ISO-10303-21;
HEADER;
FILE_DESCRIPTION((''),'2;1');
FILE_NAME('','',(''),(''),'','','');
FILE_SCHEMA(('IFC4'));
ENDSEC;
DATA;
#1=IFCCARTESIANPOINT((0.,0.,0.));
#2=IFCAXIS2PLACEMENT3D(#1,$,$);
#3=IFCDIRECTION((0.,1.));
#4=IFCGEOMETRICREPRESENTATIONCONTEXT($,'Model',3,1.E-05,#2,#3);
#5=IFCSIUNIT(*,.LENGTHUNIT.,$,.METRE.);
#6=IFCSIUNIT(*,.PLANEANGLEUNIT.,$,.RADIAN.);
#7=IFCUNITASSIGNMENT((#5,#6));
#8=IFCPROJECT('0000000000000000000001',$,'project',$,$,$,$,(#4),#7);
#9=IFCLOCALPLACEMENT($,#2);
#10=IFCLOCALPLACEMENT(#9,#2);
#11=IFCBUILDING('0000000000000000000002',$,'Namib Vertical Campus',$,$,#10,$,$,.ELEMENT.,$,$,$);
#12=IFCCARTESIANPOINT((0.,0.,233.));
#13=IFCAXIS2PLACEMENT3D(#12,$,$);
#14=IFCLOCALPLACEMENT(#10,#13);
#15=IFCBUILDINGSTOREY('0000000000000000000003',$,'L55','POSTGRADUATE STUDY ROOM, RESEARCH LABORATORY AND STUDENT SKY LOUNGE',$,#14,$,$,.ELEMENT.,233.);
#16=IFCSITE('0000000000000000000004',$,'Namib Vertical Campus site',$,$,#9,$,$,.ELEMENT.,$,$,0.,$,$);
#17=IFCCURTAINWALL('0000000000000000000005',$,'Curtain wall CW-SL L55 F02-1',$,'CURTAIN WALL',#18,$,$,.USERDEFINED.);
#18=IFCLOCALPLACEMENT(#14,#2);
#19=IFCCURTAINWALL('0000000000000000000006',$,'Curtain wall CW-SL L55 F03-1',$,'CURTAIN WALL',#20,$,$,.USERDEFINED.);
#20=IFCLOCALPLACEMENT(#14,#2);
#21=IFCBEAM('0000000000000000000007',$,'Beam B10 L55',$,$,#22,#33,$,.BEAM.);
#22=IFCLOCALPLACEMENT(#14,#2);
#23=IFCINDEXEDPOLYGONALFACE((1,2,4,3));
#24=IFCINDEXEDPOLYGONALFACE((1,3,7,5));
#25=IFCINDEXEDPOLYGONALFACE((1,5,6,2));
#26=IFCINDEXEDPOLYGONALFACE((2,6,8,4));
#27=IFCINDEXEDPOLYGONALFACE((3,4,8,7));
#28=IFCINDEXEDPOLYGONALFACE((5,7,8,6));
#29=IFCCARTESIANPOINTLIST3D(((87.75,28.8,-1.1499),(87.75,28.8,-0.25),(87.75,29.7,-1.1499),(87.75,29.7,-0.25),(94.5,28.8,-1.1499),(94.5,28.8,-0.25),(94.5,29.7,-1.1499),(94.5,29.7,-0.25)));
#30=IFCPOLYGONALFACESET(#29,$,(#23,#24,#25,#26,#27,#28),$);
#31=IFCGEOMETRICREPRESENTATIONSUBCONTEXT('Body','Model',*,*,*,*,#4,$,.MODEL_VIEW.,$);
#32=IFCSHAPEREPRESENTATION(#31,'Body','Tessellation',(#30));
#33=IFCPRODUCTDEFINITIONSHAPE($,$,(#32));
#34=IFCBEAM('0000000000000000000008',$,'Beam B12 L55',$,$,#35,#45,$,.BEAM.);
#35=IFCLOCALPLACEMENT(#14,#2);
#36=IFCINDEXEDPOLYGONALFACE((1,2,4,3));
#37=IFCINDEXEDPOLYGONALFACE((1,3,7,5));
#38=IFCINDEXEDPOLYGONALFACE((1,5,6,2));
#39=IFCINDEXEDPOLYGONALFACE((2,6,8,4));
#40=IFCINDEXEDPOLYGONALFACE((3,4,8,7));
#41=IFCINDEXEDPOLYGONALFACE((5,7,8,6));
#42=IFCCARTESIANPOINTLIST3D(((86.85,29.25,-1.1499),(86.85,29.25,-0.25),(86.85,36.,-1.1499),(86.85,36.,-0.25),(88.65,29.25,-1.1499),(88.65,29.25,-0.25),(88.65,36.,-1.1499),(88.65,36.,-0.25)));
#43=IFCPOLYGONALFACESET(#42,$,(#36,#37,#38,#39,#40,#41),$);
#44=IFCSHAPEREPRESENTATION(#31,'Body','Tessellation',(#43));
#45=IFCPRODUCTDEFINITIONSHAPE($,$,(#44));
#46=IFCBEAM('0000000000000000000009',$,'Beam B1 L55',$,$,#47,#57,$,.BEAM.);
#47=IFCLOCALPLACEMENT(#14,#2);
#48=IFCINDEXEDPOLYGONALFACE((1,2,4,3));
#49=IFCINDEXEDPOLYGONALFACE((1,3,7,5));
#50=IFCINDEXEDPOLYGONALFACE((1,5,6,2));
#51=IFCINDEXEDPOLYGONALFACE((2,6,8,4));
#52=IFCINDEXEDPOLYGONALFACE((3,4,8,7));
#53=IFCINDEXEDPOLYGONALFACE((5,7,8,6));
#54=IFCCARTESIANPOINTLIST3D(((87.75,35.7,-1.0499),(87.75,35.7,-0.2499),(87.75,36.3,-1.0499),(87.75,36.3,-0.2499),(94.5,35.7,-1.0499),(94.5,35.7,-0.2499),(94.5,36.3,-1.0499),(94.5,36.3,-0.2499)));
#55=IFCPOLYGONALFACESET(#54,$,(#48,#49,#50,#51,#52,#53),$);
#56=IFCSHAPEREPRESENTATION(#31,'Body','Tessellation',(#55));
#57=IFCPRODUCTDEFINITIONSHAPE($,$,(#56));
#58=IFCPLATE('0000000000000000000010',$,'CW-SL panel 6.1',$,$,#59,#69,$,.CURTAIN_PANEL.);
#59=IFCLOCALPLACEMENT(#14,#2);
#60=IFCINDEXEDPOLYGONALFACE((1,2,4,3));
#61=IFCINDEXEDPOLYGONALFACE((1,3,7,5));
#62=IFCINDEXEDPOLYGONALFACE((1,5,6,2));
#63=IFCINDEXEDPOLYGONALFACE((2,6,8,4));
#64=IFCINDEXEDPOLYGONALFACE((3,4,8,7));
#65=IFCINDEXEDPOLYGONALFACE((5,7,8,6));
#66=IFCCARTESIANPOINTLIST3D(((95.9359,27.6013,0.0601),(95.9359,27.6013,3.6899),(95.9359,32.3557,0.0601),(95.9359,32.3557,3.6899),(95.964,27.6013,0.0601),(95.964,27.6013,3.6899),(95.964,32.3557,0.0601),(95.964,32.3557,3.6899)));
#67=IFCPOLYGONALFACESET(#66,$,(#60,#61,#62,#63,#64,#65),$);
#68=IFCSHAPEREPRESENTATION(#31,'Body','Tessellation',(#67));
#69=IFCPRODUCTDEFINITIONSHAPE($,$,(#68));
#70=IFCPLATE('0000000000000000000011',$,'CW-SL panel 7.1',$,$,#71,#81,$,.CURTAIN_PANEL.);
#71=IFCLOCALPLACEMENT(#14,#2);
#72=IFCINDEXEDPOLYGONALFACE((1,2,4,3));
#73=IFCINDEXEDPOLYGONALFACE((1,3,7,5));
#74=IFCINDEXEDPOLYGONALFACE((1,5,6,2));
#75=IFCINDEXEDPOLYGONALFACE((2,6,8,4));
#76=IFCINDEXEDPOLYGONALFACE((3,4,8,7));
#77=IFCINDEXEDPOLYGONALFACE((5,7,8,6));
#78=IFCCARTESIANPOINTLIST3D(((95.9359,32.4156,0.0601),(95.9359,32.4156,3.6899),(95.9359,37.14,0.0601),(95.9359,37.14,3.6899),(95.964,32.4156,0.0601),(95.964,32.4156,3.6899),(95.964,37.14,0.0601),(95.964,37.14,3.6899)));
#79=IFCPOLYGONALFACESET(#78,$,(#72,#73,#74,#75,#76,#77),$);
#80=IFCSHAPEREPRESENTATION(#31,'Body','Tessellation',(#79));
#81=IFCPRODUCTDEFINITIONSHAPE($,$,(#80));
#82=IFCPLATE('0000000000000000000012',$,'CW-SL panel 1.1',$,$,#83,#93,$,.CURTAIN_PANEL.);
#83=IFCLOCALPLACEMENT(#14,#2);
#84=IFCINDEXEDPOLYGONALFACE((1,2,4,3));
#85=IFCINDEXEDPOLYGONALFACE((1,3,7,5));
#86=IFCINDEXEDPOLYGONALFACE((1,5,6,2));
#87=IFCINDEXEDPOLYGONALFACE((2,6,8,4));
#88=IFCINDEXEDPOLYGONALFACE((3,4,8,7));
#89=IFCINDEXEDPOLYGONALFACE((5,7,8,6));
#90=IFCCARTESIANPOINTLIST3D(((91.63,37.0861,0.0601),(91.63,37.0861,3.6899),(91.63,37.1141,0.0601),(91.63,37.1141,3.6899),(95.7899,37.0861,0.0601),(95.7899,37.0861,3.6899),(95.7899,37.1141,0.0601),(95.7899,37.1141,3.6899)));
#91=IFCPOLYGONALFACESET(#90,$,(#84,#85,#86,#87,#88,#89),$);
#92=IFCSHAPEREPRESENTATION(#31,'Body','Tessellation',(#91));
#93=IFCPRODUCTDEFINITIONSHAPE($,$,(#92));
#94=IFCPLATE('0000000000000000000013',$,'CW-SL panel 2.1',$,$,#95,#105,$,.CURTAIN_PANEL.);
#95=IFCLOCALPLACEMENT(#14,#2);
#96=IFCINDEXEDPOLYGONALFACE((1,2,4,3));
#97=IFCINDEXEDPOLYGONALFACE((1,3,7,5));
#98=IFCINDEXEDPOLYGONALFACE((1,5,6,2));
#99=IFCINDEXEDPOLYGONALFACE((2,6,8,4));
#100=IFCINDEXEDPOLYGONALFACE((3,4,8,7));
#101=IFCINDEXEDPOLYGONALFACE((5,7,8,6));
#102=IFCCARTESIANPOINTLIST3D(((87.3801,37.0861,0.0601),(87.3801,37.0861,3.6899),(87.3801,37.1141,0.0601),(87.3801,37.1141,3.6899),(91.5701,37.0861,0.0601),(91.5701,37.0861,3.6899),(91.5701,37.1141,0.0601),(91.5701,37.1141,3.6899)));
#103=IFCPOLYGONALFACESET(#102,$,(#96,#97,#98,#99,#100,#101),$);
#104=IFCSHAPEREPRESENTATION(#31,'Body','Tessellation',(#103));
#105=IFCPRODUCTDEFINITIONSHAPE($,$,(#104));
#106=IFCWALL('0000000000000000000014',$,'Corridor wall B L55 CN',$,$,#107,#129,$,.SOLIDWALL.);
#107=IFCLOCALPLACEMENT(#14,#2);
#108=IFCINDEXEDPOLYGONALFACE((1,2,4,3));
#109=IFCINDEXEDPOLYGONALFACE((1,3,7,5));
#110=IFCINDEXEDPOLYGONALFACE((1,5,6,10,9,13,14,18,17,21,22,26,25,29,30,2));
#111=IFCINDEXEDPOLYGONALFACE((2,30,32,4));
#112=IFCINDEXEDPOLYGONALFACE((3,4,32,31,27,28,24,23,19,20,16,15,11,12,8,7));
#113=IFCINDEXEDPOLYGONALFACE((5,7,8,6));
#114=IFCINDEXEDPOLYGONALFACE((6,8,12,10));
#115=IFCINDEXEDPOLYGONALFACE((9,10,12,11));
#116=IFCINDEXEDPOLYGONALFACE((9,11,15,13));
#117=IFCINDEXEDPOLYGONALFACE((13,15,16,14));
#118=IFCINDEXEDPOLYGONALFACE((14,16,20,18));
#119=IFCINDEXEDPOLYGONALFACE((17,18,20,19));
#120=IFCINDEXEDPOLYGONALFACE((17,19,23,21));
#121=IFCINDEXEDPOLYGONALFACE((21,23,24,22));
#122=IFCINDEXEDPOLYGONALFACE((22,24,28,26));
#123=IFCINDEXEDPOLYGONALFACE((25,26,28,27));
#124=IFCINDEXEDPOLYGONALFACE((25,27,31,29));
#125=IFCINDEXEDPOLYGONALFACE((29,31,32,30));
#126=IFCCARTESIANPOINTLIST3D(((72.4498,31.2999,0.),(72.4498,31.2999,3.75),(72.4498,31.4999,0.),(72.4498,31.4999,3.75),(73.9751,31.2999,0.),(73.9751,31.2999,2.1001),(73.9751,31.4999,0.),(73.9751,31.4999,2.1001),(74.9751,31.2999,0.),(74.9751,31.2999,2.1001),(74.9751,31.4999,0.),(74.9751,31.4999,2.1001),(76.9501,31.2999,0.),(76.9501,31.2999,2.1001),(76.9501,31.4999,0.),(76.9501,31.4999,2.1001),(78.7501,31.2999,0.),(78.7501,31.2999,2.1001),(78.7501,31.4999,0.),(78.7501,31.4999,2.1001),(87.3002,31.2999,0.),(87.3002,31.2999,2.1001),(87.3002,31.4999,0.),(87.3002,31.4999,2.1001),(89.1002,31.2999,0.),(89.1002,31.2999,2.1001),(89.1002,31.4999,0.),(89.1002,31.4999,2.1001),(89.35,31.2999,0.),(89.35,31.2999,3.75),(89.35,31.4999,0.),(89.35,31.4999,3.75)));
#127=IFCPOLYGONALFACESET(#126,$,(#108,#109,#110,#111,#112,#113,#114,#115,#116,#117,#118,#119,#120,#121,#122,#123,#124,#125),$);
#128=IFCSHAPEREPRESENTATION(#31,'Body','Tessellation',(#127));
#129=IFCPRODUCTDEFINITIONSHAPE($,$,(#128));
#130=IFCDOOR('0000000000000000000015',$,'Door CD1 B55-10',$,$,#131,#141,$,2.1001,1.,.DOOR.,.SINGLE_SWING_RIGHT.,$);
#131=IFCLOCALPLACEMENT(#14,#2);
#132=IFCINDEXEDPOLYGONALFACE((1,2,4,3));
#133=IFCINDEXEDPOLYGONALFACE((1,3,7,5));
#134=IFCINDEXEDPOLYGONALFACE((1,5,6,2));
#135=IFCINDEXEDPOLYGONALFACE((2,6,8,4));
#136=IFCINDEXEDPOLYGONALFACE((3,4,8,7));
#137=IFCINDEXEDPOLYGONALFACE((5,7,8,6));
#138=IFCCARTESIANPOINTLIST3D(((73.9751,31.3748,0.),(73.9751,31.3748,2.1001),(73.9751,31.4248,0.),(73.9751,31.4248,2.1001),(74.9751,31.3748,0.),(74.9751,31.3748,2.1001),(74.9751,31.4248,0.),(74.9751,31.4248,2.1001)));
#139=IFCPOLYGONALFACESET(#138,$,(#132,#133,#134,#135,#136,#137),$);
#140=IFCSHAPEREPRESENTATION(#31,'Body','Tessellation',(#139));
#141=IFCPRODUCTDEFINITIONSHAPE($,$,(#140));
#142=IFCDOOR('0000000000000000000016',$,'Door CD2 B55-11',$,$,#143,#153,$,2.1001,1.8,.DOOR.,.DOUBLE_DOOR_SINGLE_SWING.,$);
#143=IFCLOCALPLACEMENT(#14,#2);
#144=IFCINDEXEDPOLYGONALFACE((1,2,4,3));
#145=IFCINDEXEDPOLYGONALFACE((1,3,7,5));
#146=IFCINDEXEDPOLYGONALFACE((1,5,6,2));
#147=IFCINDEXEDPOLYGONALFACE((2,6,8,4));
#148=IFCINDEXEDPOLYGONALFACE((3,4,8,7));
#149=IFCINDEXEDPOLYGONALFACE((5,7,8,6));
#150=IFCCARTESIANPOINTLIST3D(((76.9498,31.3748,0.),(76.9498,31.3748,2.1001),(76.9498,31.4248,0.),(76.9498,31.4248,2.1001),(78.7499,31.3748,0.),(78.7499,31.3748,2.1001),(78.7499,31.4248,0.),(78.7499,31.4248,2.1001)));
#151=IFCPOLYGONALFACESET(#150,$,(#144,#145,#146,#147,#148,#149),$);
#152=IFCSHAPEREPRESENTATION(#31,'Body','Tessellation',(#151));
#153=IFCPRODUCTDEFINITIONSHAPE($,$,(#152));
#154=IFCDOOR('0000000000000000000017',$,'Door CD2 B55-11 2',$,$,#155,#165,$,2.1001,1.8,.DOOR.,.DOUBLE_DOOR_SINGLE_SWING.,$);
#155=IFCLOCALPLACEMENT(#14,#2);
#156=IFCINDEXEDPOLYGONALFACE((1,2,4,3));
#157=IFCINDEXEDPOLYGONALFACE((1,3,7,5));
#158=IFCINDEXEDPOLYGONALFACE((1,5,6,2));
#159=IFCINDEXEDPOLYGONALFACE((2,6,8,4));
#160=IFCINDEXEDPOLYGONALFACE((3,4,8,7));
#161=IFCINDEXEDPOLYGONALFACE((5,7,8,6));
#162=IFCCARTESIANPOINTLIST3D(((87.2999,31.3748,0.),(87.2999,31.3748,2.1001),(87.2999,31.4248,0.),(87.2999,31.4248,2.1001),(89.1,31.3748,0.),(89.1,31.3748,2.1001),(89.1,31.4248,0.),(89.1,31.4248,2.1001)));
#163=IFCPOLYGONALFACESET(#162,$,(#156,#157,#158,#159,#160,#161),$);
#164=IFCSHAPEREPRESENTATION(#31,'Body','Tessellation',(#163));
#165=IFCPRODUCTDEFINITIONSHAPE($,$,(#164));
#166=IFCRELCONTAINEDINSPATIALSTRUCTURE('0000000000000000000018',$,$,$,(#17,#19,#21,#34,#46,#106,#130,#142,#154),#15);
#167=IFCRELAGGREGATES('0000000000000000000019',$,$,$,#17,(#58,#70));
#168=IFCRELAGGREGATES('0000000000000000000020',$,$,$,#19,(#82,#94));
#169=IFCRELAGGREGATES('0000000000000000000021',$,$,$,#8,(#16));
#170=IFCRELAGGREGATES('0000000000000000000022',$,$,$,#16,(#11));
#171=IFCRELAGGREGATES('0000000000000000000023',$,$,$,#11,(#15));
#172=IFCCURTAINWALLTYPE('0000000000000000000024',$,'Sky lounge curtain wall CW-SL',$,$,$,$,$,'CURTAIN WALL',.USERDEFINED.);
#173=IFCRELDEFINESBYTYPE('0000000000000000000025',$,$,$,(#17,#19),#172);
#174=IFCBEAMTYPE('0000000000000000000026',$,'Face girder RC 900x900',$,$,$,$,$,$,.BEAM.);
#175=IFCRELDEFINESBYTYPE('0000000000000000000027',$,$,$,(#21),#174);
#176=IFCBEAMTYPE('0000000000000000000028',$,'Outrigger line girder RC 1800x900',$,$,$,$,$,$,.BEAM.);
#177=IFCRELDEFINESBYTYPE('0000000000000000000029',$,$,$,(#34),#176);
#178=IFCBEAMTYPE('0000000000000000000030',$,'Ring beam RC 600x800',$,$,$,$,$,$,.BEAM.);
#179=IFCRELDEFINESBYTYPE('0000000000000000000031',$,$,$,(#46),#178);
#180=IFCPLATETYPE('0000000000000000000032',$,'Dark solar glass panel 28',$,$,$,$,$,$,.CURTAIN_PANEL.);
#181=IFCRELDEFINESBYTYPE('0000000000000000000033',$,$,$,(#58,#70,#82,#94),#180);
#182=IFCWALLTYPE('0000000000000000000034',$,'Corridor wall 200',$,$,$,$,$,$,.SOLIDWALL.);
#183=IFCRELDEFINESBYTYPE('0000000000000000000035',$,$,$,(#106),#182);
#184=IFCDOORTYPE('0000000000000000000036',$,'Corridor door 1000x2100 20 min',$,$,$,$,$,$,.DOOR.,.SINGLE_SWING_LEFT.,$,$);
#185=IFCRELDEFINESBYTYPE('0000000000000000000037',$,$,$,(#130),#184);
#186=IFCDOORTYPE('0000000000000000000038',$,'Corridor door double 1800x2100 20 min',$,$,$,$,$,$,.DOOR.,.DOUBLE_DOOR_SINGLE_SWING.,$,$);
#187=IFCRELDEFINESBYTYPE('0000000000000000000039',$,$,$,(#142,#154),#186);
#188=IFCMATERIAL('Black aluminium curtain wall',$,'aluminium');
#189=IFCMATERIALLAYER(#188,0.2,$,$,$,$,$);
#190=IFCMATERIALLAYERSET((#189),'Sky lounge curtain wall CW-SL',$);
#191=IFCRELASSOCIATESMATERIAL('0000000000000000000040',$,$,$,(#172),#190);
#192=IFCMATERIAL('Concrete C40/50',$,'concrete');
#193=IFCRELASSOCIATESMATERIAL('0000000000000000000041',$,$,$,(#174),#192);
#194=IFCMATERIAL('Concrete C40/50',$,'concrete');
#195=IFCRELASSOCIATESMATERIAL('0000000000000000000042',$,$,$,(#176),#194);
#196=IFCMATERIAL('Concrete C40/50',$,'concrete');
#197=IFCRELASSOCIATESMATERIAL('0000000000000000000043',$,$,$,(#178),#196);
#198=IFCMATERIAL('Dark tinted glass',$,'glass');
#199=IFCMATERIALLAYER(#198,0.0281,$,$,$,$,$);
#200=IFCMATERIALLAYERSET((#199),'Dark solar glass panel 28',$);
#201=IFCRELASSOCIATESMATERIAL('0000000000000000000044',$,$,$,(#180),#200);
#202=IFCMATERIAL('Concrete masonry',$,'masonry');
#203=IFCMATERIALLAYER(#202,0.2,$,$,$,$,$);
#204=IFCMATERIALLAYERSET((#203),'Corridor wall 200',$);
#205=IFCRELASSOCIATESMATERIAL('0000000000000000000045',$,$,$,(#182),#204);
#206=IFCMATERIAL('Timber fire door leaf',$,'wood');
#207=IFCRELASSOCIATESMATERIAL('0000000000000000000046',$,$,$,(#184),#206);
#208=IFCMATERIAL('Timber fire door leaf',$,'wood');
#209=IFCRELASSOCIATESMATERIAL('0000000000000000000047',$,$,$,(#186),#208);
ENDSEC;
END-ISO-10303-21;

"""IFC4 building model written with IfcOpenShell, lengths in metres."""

from ifc_helpers import new_model, si_unit, direction, frame, frame_2d, origin, origin_2d, place, context, subcontext, project, spatial, rectangle, extrude, material, layer, layer_set, material_profile, profile_set, type_object, element, fill, aggregate, save


model = new_model("IFC4")

# Units and contexts
model_context = context("Model", 3, precision=1e-05, world=origin(), true_north=direction((0.0, 1.0)))
body_context = subcontext(model_context, "Body", "Model", "MODEL_VIEW")
ifc_project = project(units=[si_unit("LENGTHUNIT", "METRE"), si_unit("PLANEANGLEUNIT", "RADIAN")], contexts=[model_context])

# Site, building, storey
site_placement = place(None, origin())
site = spatial("IfcSite", under=ifc_project, at=site_placement, Name="Namib Vertical Campus site", CompositionType="ELEMENT", RefElevation=0.0)
building_placement = place(site_placement, origin())
building = spatial("IfcBuilding", under=site, at=building_placement, Name="Namib Vertical Campus", CompositionType="ELEMENT")
storey_placement = place(building_placement, frame((0.0, 0.0, 233.0)))
storey = spatial("IfcBuildingStorey", under=building, at=storey_placement, Name="L55", Description="POSTGRADUATE STUDY ROOM, RESEARCH LABORATORY AND STUDENT SKY LOUNGE", CompositionType="ELEMENT", Elevation=233.0)

# Curtain walls
ifc_material_1 = material(Name="Black aluminium curtain wall", Category="aluminium")
ifc_layer_1 = layer(ifc_material_1, 0.2)
ifc_layer_set_1 = layer_set([ifc_layer_1], Name="Sky lounge curtain wall CW-SL")
curtain_wall_type = type_object("IfcCurtainWallType", Name="Sky lounge curtain wall CW-SL", ElementType="CURTAIN WALL", PredefinedType="USERDEFINED", material=ifc_layer_set_1)
curtain_wall_1_placement = place(storey_placement, origin())
curtain_wall_1 = element("IfcCurtainWall", 1, at=curtain_wall_1_placement, inside=storey, type_object=curtain_wall_type, Name="Curtain wall CW-SL L55 F02-1", ObjectType="CURTAIN WALL", PredefinedType="USERDEFINED")
curtain_wall_2_placement = place(storey_placement, origin())
curtain_wall_2 = element("IfcCurtainWall", 2, at=curtain_wall_2_placement, inside=storey, type_object=curtain_wall_type, Name="Curtain wall CW-SL L55 F03-1", ObjectType="CURTAIN WALL", PredefinedType="USERDEFINED")

# Beams
ifc_material_2 = material(Name="Concrete C40/50", Category="concrete")
ifc_material_profile_1 = material_profile(ifc_material_2, rectangle(XDim=0.8999, YDim=0.8999, at=origin_2d()))
ifc_profile_set_1 = profile_set([ifc_material_profile_1], Name="Concrete C40/50")
beam_type_1 = type_object("IfcBeamType", Name="Face girder RC 900x900", PredefinedType="BEAM", material=ifc_profile_set_1)
beam_1_placement = place(storey_placement, frame((94.5, 29.25, -0.7), z_axis=(-1.0, 0.0, 0.0), x_axis=(0.0, -1.0, 0.0)))
element("IfcBeam", 3, at=beam_1_placement, inside=storey, type_object=beam_type_1, Name="Beam B10 L55", PredefinedType="BEAM", context=body_context, shape_type="SweptSolid", body=[
    extrude(rectangle(XDim=0.8999, YDim=0.8999, at=origin_2d()), origin(), (0.0, 0.0, 1.0), 6.75),
])
ifc_material_3 = material(Name="Concrete C40/50", Category="concrete")
ifc_material_profile_2 = material_profile(ifc_material_3, rectangle(XDim=1.8, YDim=0.8999, at=origin_2d()))
ifc_profile_set_2 = profile_set([ifc_material_profile_2], Name="Concrete C40/50")
beam_type_2 = type_object("IfcBeamType", Name="Outrigger line girder RC 1800x900", PredefinedType="BEAM", material=ifc_profile_set_2)
beam_2_placement = place(storey_placement, frame((87.75, 36.0, -0.7), z_axis=(0.0, -1.0, 0.0), x_axis=(1.0, 0.0, 0.0)))
element("IfcBeam", 4, at=beam_2_placement, inside=storey, type_object=beam_type_2, Name="Beam B12 L55", PredefinedType="BEAM", context=body_context, shape_type="SweptSolid", body=[
    extrude(rectangle(XDim=1.8, YDim=0.8999, at=origin_2d()), origin(), (0.0, 0.0, 1.0), 6.75),
])
ifc_material_4 = material(Name="Concrete C40/50", Category="concrete")
ifc_material_profile_3 = material_profile(ifc_material_4, rectangle(XDim=0.6001, YDim=0.8, at=origin_2d()))
ifc_profile_set_3 = profile_set([ifc_material_profile_3], Name="Concrete C40/50")
beam_type_3 = type_object("IfcBeamType", Name="Ring beam RC 600x800", PredefinedType="BEAM", material=ifc_profile_set_3)
beam_3_placement = place(storey_placement, frame((87.75, 36.0, -0.6499), z_axis=(1.0, 0.0, 0.0), x_axis=(0.0, 1.0, 0.0)))
element("IfcBeam", 5, at=beam_3_placement, inside=storey, type_object=beam_type_3, Name="Beam B1 L55", PredefinedType="BEAM", context=body_context, shape_type="SweptSolid", body=[
    extrude(rectangle(XDim=0.6001, YDim=0.8, at=origin_2d()), origin(), (0.0, 0.0, 1.0), 6.75),
])

# Plates
ifc_material_5 = material(Name="Dark tinted glass", Category="glass")
ifc_layer_2 = layer(ifc_material_5, 0.0281)
ifc_layer_set_2 = layer_set([ifc_layer_2], Name="Dark solar glass panel 28")
plate_type = type_object("IfcPlateType", Name="Dark solar glass panel 28", PredefinedType="CURTAIN_PANEL", material=ifc_layer_set_2)
plate_1_placement = place(storey_placement, frame((95.95, 29.9785, 0.0601), z_axis=(0.0, 0.0, 1.0), x_axis=(0.0, 1.0, 0.0)))
plate_1 = element("IfcPlate", 6, at=plate_1_placement, type_object=plate_type, Name="CW-SL panel 6.1", PredefinedType="CURTAIN_PANEL", context=body_context, shape_type="SweptSolid", body=[
    extrude(rectangle(XDim=4.7544, YDim=0.0281, at=origin_2d()), origin(), (0.0, 0.0, 1.0), 3.6299),
])
plate_2_placement = place(storey_placement, frame((95.95, 34.7778, 0.0601), z_axis=(0.0, 0.0, 1.0), x_axis=(0.0, 1.0, 0.0)))
plate_2 = element("IfcPlate", 7, at=plate_2_placement, type_object=plate_type, Name="CW-SL panel 7.1", PredefinedType="CURTAIN_PANEL", context=body_context, shape_type="SweptSolid", body=[
    extrude(rectangle(XDim=4.7244, YDim=0.0281, at=origin_2d()), origin(), (0.0, 0.0, 1.0), 3.6299),
])
aggregate(curtain_wall_1, [plate_1, plate_2])
plate_3_placement = place(storey_placement, frame((93.71, 37.1001, 0.0601), z_axis=(0.0, 0.0, 1.0), x_axis=(-1.0, 0.0, 0.0)))
plate_3 = element("IfcPlate", 8, at=plate_3_placement, type_object=plate_type, Name="CW-SL panel 1.1", PredefinedType="CURTAIN_PANEL", context=body_context, shape_type="SweptSolid", body=[
    extrude(rectangle(XDim=4.1599, YDim=0.0281, at=origin_2d()), origin(), (0.0, 0.0, 1.0), 3.6299),
])
plate_4_placement = place(storey_placement, frame((89.4751, 37.1001, 0.0601), z_axis=(0.0, 0.0, 1.0), x_axis=(-1.0, 0.0, 0.0)))
plate_4 = element("IfcPlate", 9, at=plate_4_placement, type_object=plate_type, Name="CW-SL panel 2.1", PredefinedType="CURTAIN_PANEL", context=body_context, shape_type="SweptSolid", body=[
    extrude(rectangle(XDim=4.1899, YDim=0.0281, at=origin_2d()), origin(), (0.0, 0.0, 1.0), 3.6299),
])
aggregate(curtain_wall_2, [plate_3, plate_4])

# Wall, openings, doors
ifc_material_6 = material(Name="Concrete masonry", Category="masonry")
ifc_layer_3 = layer(ifc_material_6, 0.2)
ifc_layer_set_3 = layer_set([ifc_layer_3], Name="Corridor wall 200")
wall_type = type_object("IfcWallType", Name="Corridor wall 200", PredefinedType="SOLIDWALL", material=ifc_layer_set_3)
wall_1_placement = place(storey_placement, frame((89.3501, 31.3999, 0.0), z_axis=(0.0, 0.0, 1.0), x_axis=(-1.0, 0.0, 0.0)))
wall_1 = element("IfcWall", 10, at=wall_1_placement, inside=storey, type_object=wall_type, Name="Corridor wall B L55 CN", PredefinedType="SOLIDWALL", context=body_context, shape_type="SweptSolid", body=[
    extrude(rectangle(XDim=16.9001, YDim=0.2, at=frame_2d((8.4502, 0.0))), origin(), (0.0, 0.0, 1.0), 3.75),
])
opening_1_placement = place(wall_1_placement, frame((14.375, 0.0, 0.0)))
opening_1 = element("IfcOpeningElement", 11, at=opening_1_placement, cuts=wall_1, PredefinedType="OPENING", context=body_context, shape_type="SweptSolid", body=[
    extrude(rectangle(XDim=1.0, YDim=2.1001, at=frame_2d((0.5, 1.05))), frame((0.0, 0.1099, 0.0), z_axis=(0.0, -1.0, 0.0), x_axis=(1.0, 0.0, 0.0)), (0.0, 0.0, 1.0), 0.22),
])
opening_2_placement = place(wall_1_placement, frame((10.6001, 0.0, 0.0)))
opening_2 = element("IfcOpeningElement", 12, at=opening_2_placement, cuts=wall_1, PredefinedType="OPENING", context=body_context, shape_type="SweptSolid", body=[
    extrude(rectangle(XDim=1.8, YDim=2.1001, at=frame_2d((0.8999, 1.05))), frame((0.0, 0.1099, 0.0), z_axis=(0.0, -1.0, 0.0), x_axis=(1.0, 0.0, 0.0)), (0.0, 0.0, 1.0), 0.22),
])
opening_3_placement = place(wall_1_placement, frame((0.25, 0.0, 0.0)))
opening_3 = element("IfcOpeningElement", 13, at=opening_3_placement, cuts=wall_1, PredefinedType="OPENING", context=body_context, shape_type="SweptSolid", body=[
    extrude(rectangle(XDim=1.8, YDim=2.1001, at=frame_2d((0.8999, 1.05))), frame((0.0, 0.1099, 0.0), z_axis=(0.0, -1.0, 0.0), x_axis=(1.0, 0.0, 0.0)), (0.0, 0.0, 1.0), 0.22),
])
ifc_material_7 = material(Name="Timber fire door leaf", Category="wood")
door_type_1 = type_object("IfcDoorType", Name="Corridor door 1000x2100 20 min", OperationType="SINGLE_SWING_LEFT", PredefinedType="DOOR", material=ifc_material_7)
door_1_placement = place(opening_1_placement, frame((1.0, 0.0, 0.0), z_axis=(0.0, 0.0, 1.0), x_axis=(-1.0, 0.0, 0.0)))
door_1 = element("IfcDoor", 14, at=door_1_placement, inside=storey, type_object=door_type_1, Name="Door CD1 B55-10", OperationType="SINGLE_SWING_RIGHT", OverallHeight=2.1001, OverallWidth=1.0, PredefinedType="DOOR", context=body_context, shape_type="SweptSolid", body=[
    extrude(rectangle(XDim=1.0, YDim=2.1001, at=frame_2d((0.5, 1.05))), frame((0.0, 0.0249, 0.0), z_axis=(0.0, -1.0, 0.0), x_axis=(1.0, 0.0, 0.0)), (0.0, 0.0, 1.0), 0.05),
])
fill(opening_1, door_1)
ifc_material_8 = material(Name="Timber fire door leaf", Category="wood")
door_type_2 = type_object("IfcDoorType", Name="Corridor door double 1800x2100 20 min", OperationType="DOUBLE_DOOR_SINGLE_SWING", PredefinedType="DOOR", material=ifc_material_8)
door_2_placement = place(opening_2_placement, frame((1.8, 0.0, 0.0), z_axis=(0.0, 0.0, 1.0), x_axis=(-1.0, 0.0, 0.0)))
door_2 = element("IfcDoor", 15, at=door_2_placement, inside=storey, type_object=door_type_2, Name="Door CD2 B55-11", OperationType="DOUBLE_DOOR_SINGLE_SWING", OverallHeight=2.1001, OverallWidth=1.8, PredefinedType="DOOR", context=body_context, shape_type="SweptSolid", body=[
    extrude(rectangle(XDim=1.8, YDim=2.1001, at=frame_2d((0.8999, 1.05))), frame((0.0, 0.0249, 0.0), z_axis=(0.0, -1.0, 0.0), x_axis=(1.0, 0.0, 0.0)), (0.0, 0.0, 1.0), 0.05),
])
fill(opening_2, door_2)
door_3_placement = place(opening_3_placement, frame((1.8, 0.0, 0.0), z_axis=(0.0, 0.0, 1.0), x_axis=(-1.0, 0.0, 0.0)))
door_3 = element("IfcDoor", 16, at=door_3_placement, inside=storey, type_object=door_type_2, Name="Door CD2 B55-11 2", OperationType="DOUBLE_DOOR_SINGLE_SWING", OverallHeight=2.1001, OverallWidth=1.8, PredefinedType="DOOR", context=body_context, shape_type="SweptSolid", body=[
    extrude(rectangle(XDim=1.8, YDim=2.1001, at=frame_2d((0.8999, 1.05))), frame((0.0, 0.0249, 0.0), z_axis=(0.0, -1.0, 0.0), x_axis=(1.0, 0.0, 0.0)), (0.0, 0.0, 1.0), 0.05),
])
fill(opening_3, door_3)

save(model, "model.ifc")
